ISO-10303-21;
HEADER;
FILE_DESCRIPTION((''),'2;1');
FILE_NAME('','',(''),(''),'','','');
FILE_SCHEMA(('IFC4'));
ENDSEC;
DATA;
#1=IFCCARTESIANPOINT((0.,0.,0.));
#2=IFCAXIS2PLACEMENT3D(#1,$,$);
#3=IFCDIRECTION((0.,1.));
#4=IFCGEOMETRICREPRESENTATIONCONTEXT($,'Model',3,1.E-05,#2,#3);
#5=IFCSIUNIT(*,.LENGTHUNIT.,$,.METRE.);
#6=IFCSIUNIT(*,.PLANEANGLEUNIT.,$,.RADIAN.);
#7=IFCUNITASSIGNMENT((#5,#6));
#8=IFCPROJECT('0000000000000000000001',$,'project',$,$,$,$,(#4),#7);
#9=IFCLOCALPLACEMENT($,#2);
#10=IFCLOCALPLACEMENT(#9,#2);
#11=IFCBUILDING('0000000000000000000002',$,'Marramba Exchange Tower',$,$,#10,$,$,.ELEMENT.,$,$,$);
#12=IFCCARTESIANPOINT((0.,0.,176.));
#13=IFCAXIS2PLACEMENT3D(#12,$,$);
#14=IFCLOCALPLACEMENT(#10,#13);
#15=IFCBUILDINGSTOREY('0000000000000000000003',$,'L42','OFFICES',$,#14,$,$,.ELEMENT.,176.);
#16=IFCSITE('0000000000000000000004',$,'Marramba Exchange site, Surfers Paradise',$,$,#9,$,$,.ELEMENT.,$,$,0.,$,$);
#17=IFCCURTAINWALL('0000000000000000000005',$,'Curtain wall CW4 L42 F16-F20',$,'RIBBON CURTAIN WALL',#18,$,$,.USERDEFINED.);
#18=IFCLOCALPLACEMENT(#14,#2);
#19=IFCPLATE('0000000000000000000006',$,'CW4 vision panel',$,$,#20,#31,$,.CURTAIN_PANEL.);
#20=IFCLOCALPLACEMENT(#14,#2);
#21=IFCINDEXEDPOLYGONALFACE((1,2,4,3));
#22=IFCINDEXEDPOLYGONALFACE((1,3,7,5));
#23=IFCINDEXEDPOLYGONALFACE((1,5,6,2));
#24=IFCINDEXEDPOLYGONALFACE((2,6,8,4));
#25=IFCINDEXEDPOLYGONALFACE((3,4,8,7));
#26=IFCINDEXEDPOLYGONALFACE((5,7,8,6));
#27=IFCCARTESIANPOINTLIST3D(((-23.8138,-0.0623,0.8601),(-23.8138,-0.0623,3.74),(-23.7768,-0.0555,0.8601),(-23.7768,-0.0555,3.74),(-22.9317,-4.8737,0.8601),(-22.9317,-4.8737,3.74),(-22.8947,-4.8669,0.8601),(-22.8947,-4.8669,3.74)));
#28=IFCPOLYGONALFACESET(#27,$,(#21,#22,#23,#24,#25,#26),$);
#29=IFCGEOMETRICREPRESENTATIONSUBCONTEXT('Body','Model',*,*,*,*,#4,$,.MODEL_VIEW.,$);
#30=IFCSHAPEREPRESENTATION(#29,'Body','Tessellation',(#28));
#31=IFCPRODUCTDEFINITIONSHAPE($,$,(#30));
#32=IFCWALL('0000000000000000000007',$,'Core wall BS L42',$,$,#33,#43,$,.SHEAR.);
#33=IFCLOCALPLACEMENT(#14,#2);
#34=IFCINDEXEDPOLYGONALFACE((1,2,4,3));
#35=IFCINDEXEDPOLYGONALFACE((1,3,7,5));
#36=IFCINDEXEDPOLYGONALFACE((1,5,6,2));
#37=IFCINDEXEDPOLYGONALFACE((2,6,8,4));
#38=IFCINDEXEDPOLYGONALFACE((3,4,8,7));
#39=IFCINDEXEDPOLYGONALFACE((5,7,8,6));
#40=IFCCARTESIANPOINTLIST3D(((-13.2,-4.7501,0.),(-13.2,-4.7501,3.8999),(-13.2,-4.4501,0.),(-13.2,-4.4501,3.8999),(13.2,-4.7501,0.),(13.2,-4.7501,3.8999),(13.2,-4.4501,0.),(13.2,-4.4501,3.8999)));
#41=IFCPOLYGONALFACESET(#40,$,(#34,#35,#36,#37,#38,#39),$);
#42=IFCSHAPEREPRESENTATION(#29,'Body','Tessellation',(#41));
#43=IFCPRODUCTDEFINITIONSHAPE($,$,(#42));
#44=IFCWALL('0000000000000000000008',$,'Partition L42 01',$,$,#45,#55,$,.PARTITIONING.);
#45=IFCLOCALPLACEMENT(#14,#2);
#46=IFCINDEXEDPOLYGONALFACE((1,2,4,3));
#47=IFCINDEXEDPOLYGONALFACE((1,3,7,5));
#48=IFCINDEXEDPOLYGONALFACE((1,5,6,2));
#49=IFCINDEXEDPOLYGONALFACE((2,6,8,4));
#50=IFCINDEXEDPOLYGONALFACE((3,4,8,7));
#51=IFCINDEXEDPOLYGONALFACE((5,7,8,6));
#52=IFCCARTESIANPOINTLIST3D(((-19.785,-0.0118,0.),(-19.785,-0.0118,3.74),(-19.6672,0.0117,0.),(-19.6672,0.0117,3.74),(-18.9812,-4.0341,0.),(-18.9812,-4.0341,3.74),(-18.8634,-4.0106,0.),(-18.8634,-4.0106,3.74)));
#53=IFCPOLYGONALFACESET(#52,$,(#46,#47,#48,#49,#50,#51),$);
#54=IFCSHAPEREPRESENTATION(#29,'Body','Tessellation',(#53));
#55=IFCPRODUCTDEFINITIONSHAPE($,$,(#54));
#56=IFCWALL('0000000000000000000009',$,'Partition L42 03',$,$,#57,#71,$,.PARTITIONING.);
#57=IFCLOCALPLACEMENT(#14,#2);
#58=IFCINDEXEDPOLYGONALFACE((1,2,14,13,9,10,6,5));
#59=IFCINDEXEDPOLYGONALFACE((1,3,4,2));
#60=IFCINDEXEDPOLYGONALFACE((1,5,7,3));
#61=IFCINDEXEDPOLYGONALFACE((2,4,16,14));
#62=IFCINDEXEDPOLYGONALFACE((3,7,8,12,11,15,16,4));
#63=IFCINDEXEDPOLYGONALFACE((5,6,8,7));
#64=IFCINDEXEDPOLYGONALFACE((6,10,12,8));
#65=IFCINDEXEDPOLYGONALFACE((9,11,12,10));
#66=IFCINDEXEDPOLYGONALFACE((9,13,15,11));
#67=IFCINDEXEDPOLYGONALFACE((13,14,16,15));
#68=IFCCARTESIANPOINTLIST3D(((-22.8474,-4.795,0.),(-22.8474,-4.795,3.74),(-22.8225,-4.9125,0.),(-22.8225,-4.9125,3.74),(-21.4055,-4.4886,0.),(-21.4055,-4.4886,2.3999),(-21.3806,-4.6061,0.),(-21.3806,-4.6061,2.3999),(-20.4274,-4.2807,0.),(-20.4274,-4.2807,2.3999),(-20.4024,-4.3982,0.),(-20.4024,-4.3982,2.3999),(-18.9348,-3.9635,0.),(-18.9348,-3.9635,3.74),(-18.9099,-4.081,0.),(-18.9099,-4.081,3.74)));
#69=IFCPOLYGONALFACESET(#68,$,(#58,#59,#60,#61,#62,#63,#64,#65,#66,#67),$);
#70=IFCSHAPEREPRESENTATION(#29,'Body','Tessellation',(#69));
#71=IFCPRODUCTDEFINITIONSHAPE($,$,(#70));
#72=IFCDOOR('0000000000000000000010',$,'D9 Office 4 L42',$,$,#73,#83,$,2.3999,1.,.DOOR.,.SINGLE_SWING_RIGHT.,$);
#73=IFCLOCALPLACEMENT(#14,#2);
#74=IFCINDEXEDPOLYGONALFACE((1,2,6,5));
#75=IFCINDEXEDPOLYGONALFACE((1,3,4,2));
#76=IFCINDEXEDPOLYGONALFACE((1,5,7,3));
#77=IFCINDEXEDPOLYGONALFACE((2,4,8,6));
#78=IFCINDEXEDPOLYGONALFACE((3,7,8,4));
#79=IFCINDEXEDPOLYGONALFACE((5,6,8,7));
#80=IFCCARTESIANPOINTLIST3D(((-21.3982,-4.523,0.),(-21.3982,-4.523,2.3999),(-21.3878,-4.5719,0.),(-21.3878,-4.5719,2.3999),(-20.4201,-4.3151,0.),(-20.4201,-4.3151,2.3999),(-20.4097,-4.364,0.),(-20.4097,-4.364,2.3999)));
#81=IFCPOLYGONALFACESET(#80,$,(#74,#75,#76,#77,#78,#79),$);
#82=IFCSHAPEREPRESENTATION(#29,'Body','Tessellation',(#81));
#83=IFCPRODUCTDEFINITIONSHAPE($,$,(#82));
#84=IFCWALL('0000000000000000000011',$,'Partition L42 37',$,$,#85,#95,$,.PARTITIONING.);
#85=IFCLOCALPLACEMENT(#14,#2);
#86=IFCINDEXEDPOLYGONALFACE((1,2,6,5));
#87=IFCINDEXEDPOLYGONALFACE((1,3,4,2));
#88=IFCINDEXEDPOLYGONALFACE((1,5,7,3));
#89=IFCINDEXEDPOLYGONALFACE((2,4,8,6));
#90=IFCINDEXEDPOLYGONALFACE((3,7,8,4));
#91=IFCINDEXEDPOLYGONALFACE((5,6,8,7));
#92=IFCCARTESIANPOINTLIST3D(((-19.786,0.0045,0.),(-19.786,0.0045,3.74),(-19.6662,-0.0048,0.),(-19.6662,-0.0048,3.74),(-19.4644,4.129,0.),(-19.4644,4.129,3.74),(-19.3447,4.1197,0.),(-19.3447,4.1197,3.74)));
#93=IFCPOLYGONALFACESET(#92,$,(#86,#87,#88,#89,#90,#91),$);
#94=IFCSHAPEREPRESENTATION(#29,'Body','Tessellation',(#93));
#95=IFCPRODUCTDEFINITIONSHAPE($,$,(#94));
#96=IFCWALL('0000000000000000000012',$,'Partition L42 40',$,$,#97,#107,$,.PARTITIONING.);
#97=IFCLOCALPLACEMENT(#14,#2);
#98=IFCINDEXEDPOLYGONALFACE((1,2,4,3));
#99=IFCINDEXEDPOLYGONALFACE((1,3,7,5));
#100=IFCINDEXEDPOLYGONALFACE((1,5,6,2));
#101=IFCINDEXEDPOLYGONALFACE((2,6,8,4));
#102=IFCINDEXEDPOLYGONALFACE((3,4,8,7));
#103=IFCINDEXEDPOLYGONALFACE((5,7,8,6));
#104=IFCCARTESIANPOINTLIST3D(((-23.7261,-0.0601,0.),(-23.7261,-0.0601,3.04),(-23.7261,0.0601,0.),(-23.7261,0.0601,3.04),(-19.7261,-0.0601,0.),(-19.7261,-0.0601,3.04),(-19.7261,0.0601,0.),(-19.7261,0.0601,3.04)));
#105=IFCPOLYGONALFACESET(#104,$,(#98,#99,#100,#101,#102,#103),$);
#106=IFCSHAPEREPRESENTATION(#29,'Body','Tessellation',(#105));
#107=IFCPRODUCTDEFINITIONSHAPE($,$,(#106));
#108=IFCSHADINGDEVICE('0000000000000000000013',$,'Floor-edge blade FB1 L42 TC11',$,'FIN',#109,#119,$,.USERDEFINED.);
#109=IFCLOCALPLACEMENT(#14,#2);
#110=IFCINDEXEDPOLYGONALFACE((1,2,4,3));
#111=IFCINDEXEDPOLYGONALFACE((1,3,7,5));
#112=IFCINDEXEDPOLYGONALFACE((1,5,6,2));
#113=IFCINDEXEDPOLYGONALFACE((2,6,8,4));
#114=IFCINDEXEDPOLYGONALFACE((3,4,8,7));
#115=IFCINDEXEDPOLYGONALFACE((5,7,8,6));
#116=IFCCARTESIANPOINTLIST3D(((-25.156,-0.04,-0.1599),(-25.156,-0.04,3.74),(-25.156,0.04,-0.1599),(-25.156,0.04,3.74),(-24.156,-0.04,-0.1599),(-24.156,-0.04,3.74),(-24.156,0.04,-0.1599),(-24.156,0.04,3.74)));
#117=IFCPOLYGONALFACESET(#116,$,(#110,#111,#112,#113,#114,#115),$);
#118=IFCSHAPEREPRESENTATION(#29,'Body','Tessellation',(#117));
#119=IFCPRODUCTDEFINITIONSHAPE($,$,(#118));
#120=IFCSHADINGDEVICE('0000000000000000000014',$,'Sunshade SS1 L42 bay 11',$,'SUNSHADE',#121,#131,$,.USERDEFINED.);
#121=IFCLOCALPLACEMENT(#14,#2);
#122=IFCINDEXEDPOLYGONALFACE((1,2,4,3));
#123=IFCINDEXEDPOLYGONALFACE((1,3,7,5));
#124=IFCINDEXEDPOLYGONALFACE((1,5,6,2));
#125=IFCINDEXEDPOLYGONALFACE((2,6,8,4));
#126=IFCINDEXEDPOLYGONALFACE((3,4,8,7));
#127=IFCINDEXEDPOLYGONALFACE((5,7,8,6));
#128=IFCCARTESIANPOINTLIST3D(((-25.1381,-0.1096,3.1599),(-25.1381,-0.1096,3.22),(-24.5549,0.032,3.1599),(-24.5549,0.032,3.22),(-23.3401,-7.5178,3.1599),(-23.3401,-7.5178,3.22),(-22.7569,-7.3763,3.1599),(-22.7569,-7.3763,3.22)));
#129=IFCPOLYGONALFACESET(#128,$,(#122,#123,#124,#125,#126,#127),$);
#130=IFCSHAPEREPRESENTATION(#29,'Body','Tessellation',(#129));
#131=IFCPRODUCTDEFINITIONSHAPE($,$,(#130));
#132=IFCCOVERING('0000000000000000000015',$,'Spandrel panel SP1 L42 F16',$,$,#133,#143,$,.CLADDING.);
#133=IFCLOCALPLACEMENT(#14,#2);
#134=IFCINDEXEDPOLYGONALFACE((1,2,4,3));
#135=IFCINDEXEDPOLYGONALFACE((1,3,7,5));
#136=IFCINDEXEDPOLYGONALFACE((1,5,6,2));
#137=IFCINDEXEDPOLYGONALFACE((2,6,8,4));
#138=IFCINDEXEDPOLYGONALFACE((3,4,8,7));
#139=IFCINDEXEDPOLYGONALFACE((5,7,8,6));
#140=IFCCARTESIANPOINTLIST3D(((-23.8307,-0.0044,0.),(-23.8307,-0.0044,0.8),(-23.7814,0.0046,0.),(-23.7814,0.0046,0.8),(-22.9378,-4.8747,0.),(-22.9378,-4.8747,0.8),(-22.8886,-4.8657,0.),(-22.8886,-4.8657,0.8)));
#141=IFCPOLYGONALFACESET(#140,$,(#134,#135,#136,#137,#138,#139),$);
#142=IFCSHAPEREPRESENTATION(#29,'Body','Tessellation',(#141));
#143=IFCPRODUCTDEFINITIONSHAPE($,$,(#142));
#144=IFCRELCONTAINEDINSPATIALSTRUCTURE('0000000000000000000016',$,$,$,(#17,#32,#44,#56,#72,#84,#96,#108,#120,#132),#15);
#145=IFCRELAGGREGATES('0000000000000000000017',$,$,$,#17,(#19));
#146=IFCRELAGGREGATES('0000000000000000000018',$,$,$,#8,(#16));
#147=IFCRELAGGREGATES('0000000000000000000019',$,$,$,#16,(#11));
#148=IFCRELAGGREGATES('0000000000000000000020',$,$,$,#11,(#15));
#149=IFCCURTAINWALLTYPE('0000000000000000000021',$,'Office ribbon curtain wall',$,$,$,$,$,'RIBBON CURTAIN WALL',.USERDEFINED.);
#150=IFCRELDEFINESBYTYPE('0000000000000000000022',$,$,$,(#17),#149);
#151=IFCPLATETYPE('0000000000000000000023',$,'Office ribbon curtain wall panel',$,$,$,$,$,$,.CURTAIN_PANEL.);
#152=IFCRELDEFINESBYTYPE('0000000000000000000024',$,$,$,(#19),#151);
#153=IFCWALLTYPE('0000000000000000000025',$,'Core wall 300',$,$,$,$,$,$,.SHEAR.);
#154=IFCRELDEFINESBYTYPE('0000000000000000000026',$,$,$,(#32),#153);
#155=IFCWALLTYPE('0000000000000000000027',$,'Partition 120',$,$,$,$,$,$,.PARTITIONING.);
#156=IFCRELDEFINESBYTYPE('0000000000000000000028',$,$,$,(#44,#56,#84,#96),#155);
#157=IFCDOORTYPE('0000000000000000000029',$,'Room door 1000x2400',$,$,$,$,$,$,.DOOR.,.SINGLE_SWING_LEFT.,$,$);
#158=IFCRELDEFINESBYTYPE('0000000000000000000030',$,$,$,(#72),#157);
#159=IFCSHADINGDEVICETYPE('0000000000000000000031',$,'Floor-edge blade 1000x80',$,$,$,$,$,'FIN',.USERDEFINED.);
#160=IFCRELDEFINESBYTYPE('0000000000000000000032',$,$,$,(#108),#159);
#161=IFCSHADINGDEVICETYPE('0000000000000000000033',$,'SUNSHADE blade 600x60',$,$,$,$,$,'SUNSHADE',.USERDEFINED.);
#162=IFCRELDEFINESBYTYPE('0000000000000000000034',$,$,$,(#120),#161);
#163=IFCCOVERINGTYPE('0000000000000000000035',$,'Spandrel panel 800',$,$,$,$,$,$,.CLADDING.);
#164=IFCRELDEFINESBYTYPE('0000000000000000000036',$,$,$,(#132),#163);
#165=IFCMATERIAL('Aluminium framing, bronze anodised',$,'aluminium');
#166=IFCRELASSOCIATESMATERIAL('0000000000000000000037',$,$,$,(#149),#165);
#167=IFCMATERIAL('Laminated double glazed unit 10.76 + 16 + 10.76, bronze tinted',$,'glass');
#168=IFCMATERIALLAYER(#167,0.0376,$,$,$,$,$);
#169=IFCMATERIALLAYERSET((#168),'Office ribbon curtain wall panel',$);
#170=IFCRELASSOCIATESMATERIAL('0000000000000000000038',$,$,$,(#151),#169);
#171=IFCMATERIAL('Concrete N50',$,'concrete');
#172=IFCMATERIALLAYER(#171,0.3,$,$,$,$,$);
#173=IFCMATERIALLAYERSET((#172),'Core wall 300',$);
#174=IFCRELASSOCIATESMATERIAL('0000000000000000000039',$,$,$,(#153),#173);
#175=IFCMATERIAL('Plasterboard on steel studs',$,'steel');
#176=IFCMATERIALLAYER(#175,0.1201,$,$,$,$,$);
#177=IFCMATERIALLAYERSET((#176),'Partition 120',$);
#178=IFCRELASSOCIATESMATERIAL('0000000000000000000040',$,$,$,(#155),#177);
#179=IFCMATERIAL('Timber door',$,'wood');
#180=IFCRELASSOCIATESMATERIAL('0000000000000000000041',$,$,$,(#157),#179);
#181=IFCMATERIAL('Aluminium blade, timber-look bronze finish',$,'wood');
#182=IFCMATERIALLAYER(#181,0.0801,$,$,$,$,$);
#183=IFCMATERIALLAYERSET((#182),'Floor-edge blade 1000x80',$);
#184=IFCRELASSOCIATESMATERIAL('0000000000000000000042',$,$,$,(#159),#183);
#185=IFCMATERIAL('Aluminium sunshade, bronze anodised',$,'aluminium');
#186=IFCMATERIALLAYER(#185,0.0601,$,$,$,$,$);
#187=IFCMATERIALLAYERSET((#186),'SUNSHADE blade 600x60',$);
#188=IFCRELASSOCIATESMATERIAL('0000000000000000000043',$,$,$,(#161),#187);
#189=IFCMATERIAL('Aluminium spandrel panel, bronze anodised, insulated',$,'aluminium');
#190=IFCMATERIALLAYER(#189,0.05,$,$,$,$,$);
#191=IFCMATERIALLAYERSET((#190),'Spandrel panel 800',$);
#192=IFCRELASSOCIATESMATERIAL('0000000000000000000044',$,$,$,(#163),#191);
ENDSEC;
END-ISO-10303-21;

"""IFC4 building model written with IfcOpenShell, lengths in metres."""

from ifc_helpers import new_model, si_unit, direction, frame, frame_2d, origin, origin_2d, place, context, subcontext, project, spatial, rectangle, extrude, material, layer, layer_set, type_object, element, fill, aggregate, save


model = new_model("IFC4")

# Units and contexts
model_context = context("Model", 3, precision=1e-05, world=origin(), true_north=direction((0.0, 1.0)))
body_context = subcontext(model_context, "Body", "Model", "MODEL_VIEW")
ifc_project = project(units=[si_unit("LENGTHUNIT", "METRE"), si_unit("PLANEANGLEUNIT", "RADIAN")], contexts=[model_context])

# Site, building, storey
site_placement = place(None, origin())
site = spatial("IfcSite", under=ifc_project, at=site_placement, Name="Marramba Exchange site, Surfers Paradise", CompositionType="ELEMENT", RefElevation=0.0)
building_placement = place(site_placement, origin())
building = spatial("IfcBuilding", under=site, at=building_placement, Name="Marramba Exchange Tower", CompositionType="ELEMENT")
storey_placement = place(building_placement, frame((0.0, 0.0, 176.0)))
storey = spatial("IfcBuildingStorey", under=building, at=storey_placement, Name="L42", Description="OFFICES", CompositionType="ELEMENT", Elevation=176.0)

# Shared definitions
ifc_material_1 = material(Name="Concrete N50", Category="concrete")

# Curtain wall
ifc_material_2 = material(Name="Aluminium framing, bronze anodised", Category="aluminium")
curtain_wall_type = type_object("IfcCurtainWallType", Name="Office ribbon curtain wall", ElementType="RIBBON CURTAIN WALL", PredefinedType="USERDEFINED", material=ifc_material_2)
curtain_wall_placement = place(storey_placement, origin())
curtain_wall = element("IfcCurtainWall", 1, at=curtain_wall_placement, inside=storey, type_object=curtain_wall_type, Name="Curtain wall CW4 L42 F16-F20", ObjectType="RIBBON CURTAIN WALL", PredefinedType="USERDEFINED")

# Plate
ifc_material_3 = material(Name="Laminated double glazed unit 10.76 + 16 + 10.76, bronze tinted", Category="glass")
ifc_layer_1 = layer(ifc_material_3, 0.0376)
ifc_layer_set_1 = layer_set([ifc_layer_1], Name="Office ribbon curtain wall panel")
plate_type = type_object("IfcPlateType", Name="Office ribbon curtain wall panel", PredefinedType="CURTAIN_PANEL", material=ifc_layer_set_1)
plate_placement = place(storey_placement, frame((-23.3542, -2.4646, 0.8601), z_axis=(0.0, 0.0, 1.0), x_axis=(0.180327, -0.983607, 0.0)))
plate = element("IfcPlate", 2, at=plate_placement, type_object=plate_type, Name="CW4 vision panel", PredefinedType="CURTAIN_PANEL", context=body_context, shape_type="SweptSolid", body=[
    extrude(rectangle(XDim=4.8916, YDim=0.0376, at=origin_2d()), origin(), (0.0, 0.0, 1.0), 2.8799),
])
aggregate(curtain_wall, [plate])

# Walls
ifc_layer_2 = layer(ifc_material_1, 0.3)
ifc_layer_set_2 = layer_set([ifc_layer_2], Name="Core wall 300")
wall_type_1 = type_object("IfcWallType", Name="Core wall 300", PredefinedType="SHEAR", material=ifc_layer_set_2)
wall_1_placement = place(storey_placement, frame((-13.2, -4.6001, 0.0), z_axis=(0.0, 0.0, 1.0), x_axis=(1.0, 0.0, 0.0)))
element("IfcWall", 3, at=wall_1_placement, inside=storey, type_object=wall_type_1, Name="Core wall BS L42", PredefinedType="SHEAR", context=body_context, shape_type="SweptSolid", body=[
    extrude(rectangle(XDim=26.3999, YDim=0.3, at=frame_2d((13.2, 0.0))), origin(), (0.0, 0.0, 1.0), 3.8999),
])
ifc_material_4 = material(Name="Plasterboard on steel studs", Category="steel")
ifc_layer_3 = layer(ifc_material_4, 0.1201)
ifc_layer_set_3 = layer_set([ifc_layer_3], Name="Partition 120")
wall_type_2 = type_object("IfcWallType", Name="Partition 120", PredefinedType="PARTITIONING", material=ifc_layer_set_3)
wall_2_placement = place(storey_placement, frame((-18.9224, -4.0222, 0.0), z_axis=(0.0, 0.0, 1.0), x_axis=(-0.195944, 0.980615, 0.0)))
element("IfcWall", 4, at=wall_2_placement, inside=storey, type_object=wall_type_2, Name="Partition L42 01", PredefinedType="PARTITIONING", context=body_context, shape_type="SweptSolid", body=[
    extrude(rectangle(XDim=4.1018, YDim=0.1201, at=frame_2d((2.0508, 0.0))), origin(), (0.0, 0.0, 1.0), 3.74),
])

# Wall, opening, door
ifc_material_5 = material(Name="Timber door", Category="wood")
door_type = type_object("IfcDoorType", Name="Room door 1000x2400", OperationType="SINGLE_SWING_LEFT", PredefinedType="DOOR", material=ifc_material_5)
wall_3_placement = place(storey_placement, frame((-22.835, -4.8538, 0.0), z_axis=(0.0, 0.0, 1.0), x_axis=(0.978153, 0.207886, 0.0)))
wall_3 = element("IfcWall", 5, at=wall_3_placement, inside=storey, type_object=wall_type_2, Name="Partition L42 03", PredefinedType="PARTITIONING", context=body_context, shape_type="SweptSolid", body=[
    extrude(rectangle(XDim=4.0, YDim=0.1201, at=frame_2d((2.0, 0.0))), origin(), (0.0, 0.0, 1.0), 3.74),
])
opening_1_placement = place(wall_3_placement, frame((1.4741, 0.0, 0.0)))
opening_1 = element("IfcOpeningElement", 6, at=opening_1_placement, cuts=wall_3, PredefinedType="OPENING", context=body_context, shape_type="SweptSolid", body=[
    extrude(rectangle(XDim=1.0, YDim=2.3999, at=frame_2d((0.5, 1.2))), frame((0.0, 0.0701, 0.0), z_axis=(0.0, -1.0, 0.0), x_axis=(1.0, 0.0, 0.0)), (0.0, 0.0, 1.0), 0.1401),
])
door_1_placement = place(opening_1_placement, origin())
door_1 = element("IfcDoor", 7, at=door_1_placement, inside=storey, type_object=door_type, Name="D9 Office 4 L42", OperationType="SINGLE_SWING_RIGHT", OverallHeight=2.3999, OverallWidth=1.0, PredefinedType="DOOR", context=body_context, shape_type="SweptSolid", body=[
    extrude(rectangle(XDim=1.0, YDim=2.3999, at=frame_2d((0.5, 1.2))), frame((0.0, 0.0249, 0.0), z_axis=(0.0, -1.0, 0.0), x_axis=(1.0, 0.0, 0.0)), (0.0, 0.0, 1.0), 0.05),
])
fill(opening_1, door_1)

# Walls
wall_4_placement = place(storey_placement, frame((-19.7261, 0.0, 0.0), z_axis=(0.0, 0.0, 1.0), x_axis=(0.077721, 0.996975, 0.0)))
element("IfcWall", 8, at=wall_4_placement, inside=storey, type_object=wall_type_2, Name="Partition L42 37", PredefinedType="PARTITIONING", context=body_context, shape_type="SweptSolid", body=[
    extrude(rectangle(XDim=4.137, YDim=0.1201, at=frame_2d((2.0684, 0.0))), origin(), (0.0, 0.0, 1.0), 3.74),
])
wall_5_placement = place(storey_placement, frame((-19.7261, 0.0, 0.0), z_axis=(0.0, 0.0, 1.0), x_axis=(-1.0, 0.0, 0.0)))
element("IfcWall", 9, at=wall_5_placement, inside=storey, type_object=wall_type_2, Name="Partition L42 40", PredefinedType="PARTITIONING", context=body_context, shape_type="SweptSolid", body=[
    extrude(rectangle(XDim=4.0, YDim=0.1201, at=frame_2d((2.0, 0.0))), origin(), (0.0, 0.0, 1.0), 3.04),
])

# Shading devices
ifc_material_6 = material(Name="Aluminium blade, timber-look bronze finish", Category="wood")
ifc_layer_4 = layer(ifc_material_6, 0.0801)
ifc_layer_set_4 = layer_set([ifc_layer_4], Name="Floor-edge blade 1000x80")
shading_device_type_1 = type_object("IfcShadingDeviceType", Name="Floor-edge blade 1000x80", ElementType="FIN", PredefinedType="USERDEFINED", material=ifc_layer_set_4)
shading_device_1_placement = place(storey_placement, frame((-24.656, 0.0, -0.1599), z_axis=(0.0, 0.0, 1.0), x_axis=(-1.0, 0.0, 0.0)))
element("IfcShadingDevice", 10, at=shading_device_1_placement, inside=storey, type_object=shading_device_type_1, Name="Floor-edge blade FB1 L42 TC11", ObjectType="FIN", PredefinedType="USERDEFINED", context=body_context, shape_type="SweptSolid", body=[
    extrude(rectangle(XDim=1.0, YDim=0.0801, at=origin_2d()), origin(), (0.0, 0.0, 1.0), 3.8999),
])
ifc_material_7 = material(Name="Aluminium sunshade, bronze anodised", Category="aluminium")
ifc_layer_5 = layer(ifc_material_7, 0.0601)
ifc_layer_set_5 = layer_set([ifc_layer_5], Name="SUNSHADE blade 600x60")
shading_device_type_2 = type_object("IfcShadingDeviceType", Name="SUNSHADE blade 600x60", ElementType="SUNSHADE", PredefinedType="USERDEFINED", material=ifc_layer_set_5)
shading_device_2_placement = place(storey_placement, frame((-23.9475, -3.7429, 3.1599), z_axis=(0.0, 0.0, 1.0), x_axis=(0.235861, -0.971787, 0.0)))
element("IfcShadingDevice", 11, at=shading_device_2_placement, inside=storey, type_object=shading_device_type_2, Name="Sunshade SS1 L42 bay 11", ObjectType="SUNSHADE", PredefinedType="USERDEFINED", context=body_context, shape_type="SweptSolid", body=[
    extrude(rectangle(XDim=7.6233, YDim=0.6001, at=origin_2d()), origin(), (0.0, 0.0, 1.0), 0.0601),
])

# Covering
ifc_material_8 = material(Name="Aluminium spandrel panel, bronze anodised, insulated", Category="aluminium")
ifc_layer_6 = layer(ifc_material_8, 0.05)
ifc_layer_set_6 = layer_set([ifc_layer_6], Name="Spandrel panel 800")
covering_type = type_object("IfcCoveringType", Name="Spandrel panel 800", PredefinedType="CLADDING", material=ifc_layer_set_6)
covering_placement = place(storey_placement, frame((-23.3596, -2.4351, 0.0), z_axis=(0.0, 0.0, 1.0), x_axis=(0.180327, -0.983607, 0.0)))
element("IfcCovering", 12, at=covering_placement, inside=storey, type_object=covering_type, Name="Spandrel panel SP1 L42 F16", PredefinedType="CLADDING", context=body_context, shape_type="SweptSolid", body=[
    extrude(rectangle(XDim=4.9514, YDim=0.05, at=origin_2d()), origin(), (0.0, 0.0, 1.0), 0.8),
])

save(model, "model.ifc")
